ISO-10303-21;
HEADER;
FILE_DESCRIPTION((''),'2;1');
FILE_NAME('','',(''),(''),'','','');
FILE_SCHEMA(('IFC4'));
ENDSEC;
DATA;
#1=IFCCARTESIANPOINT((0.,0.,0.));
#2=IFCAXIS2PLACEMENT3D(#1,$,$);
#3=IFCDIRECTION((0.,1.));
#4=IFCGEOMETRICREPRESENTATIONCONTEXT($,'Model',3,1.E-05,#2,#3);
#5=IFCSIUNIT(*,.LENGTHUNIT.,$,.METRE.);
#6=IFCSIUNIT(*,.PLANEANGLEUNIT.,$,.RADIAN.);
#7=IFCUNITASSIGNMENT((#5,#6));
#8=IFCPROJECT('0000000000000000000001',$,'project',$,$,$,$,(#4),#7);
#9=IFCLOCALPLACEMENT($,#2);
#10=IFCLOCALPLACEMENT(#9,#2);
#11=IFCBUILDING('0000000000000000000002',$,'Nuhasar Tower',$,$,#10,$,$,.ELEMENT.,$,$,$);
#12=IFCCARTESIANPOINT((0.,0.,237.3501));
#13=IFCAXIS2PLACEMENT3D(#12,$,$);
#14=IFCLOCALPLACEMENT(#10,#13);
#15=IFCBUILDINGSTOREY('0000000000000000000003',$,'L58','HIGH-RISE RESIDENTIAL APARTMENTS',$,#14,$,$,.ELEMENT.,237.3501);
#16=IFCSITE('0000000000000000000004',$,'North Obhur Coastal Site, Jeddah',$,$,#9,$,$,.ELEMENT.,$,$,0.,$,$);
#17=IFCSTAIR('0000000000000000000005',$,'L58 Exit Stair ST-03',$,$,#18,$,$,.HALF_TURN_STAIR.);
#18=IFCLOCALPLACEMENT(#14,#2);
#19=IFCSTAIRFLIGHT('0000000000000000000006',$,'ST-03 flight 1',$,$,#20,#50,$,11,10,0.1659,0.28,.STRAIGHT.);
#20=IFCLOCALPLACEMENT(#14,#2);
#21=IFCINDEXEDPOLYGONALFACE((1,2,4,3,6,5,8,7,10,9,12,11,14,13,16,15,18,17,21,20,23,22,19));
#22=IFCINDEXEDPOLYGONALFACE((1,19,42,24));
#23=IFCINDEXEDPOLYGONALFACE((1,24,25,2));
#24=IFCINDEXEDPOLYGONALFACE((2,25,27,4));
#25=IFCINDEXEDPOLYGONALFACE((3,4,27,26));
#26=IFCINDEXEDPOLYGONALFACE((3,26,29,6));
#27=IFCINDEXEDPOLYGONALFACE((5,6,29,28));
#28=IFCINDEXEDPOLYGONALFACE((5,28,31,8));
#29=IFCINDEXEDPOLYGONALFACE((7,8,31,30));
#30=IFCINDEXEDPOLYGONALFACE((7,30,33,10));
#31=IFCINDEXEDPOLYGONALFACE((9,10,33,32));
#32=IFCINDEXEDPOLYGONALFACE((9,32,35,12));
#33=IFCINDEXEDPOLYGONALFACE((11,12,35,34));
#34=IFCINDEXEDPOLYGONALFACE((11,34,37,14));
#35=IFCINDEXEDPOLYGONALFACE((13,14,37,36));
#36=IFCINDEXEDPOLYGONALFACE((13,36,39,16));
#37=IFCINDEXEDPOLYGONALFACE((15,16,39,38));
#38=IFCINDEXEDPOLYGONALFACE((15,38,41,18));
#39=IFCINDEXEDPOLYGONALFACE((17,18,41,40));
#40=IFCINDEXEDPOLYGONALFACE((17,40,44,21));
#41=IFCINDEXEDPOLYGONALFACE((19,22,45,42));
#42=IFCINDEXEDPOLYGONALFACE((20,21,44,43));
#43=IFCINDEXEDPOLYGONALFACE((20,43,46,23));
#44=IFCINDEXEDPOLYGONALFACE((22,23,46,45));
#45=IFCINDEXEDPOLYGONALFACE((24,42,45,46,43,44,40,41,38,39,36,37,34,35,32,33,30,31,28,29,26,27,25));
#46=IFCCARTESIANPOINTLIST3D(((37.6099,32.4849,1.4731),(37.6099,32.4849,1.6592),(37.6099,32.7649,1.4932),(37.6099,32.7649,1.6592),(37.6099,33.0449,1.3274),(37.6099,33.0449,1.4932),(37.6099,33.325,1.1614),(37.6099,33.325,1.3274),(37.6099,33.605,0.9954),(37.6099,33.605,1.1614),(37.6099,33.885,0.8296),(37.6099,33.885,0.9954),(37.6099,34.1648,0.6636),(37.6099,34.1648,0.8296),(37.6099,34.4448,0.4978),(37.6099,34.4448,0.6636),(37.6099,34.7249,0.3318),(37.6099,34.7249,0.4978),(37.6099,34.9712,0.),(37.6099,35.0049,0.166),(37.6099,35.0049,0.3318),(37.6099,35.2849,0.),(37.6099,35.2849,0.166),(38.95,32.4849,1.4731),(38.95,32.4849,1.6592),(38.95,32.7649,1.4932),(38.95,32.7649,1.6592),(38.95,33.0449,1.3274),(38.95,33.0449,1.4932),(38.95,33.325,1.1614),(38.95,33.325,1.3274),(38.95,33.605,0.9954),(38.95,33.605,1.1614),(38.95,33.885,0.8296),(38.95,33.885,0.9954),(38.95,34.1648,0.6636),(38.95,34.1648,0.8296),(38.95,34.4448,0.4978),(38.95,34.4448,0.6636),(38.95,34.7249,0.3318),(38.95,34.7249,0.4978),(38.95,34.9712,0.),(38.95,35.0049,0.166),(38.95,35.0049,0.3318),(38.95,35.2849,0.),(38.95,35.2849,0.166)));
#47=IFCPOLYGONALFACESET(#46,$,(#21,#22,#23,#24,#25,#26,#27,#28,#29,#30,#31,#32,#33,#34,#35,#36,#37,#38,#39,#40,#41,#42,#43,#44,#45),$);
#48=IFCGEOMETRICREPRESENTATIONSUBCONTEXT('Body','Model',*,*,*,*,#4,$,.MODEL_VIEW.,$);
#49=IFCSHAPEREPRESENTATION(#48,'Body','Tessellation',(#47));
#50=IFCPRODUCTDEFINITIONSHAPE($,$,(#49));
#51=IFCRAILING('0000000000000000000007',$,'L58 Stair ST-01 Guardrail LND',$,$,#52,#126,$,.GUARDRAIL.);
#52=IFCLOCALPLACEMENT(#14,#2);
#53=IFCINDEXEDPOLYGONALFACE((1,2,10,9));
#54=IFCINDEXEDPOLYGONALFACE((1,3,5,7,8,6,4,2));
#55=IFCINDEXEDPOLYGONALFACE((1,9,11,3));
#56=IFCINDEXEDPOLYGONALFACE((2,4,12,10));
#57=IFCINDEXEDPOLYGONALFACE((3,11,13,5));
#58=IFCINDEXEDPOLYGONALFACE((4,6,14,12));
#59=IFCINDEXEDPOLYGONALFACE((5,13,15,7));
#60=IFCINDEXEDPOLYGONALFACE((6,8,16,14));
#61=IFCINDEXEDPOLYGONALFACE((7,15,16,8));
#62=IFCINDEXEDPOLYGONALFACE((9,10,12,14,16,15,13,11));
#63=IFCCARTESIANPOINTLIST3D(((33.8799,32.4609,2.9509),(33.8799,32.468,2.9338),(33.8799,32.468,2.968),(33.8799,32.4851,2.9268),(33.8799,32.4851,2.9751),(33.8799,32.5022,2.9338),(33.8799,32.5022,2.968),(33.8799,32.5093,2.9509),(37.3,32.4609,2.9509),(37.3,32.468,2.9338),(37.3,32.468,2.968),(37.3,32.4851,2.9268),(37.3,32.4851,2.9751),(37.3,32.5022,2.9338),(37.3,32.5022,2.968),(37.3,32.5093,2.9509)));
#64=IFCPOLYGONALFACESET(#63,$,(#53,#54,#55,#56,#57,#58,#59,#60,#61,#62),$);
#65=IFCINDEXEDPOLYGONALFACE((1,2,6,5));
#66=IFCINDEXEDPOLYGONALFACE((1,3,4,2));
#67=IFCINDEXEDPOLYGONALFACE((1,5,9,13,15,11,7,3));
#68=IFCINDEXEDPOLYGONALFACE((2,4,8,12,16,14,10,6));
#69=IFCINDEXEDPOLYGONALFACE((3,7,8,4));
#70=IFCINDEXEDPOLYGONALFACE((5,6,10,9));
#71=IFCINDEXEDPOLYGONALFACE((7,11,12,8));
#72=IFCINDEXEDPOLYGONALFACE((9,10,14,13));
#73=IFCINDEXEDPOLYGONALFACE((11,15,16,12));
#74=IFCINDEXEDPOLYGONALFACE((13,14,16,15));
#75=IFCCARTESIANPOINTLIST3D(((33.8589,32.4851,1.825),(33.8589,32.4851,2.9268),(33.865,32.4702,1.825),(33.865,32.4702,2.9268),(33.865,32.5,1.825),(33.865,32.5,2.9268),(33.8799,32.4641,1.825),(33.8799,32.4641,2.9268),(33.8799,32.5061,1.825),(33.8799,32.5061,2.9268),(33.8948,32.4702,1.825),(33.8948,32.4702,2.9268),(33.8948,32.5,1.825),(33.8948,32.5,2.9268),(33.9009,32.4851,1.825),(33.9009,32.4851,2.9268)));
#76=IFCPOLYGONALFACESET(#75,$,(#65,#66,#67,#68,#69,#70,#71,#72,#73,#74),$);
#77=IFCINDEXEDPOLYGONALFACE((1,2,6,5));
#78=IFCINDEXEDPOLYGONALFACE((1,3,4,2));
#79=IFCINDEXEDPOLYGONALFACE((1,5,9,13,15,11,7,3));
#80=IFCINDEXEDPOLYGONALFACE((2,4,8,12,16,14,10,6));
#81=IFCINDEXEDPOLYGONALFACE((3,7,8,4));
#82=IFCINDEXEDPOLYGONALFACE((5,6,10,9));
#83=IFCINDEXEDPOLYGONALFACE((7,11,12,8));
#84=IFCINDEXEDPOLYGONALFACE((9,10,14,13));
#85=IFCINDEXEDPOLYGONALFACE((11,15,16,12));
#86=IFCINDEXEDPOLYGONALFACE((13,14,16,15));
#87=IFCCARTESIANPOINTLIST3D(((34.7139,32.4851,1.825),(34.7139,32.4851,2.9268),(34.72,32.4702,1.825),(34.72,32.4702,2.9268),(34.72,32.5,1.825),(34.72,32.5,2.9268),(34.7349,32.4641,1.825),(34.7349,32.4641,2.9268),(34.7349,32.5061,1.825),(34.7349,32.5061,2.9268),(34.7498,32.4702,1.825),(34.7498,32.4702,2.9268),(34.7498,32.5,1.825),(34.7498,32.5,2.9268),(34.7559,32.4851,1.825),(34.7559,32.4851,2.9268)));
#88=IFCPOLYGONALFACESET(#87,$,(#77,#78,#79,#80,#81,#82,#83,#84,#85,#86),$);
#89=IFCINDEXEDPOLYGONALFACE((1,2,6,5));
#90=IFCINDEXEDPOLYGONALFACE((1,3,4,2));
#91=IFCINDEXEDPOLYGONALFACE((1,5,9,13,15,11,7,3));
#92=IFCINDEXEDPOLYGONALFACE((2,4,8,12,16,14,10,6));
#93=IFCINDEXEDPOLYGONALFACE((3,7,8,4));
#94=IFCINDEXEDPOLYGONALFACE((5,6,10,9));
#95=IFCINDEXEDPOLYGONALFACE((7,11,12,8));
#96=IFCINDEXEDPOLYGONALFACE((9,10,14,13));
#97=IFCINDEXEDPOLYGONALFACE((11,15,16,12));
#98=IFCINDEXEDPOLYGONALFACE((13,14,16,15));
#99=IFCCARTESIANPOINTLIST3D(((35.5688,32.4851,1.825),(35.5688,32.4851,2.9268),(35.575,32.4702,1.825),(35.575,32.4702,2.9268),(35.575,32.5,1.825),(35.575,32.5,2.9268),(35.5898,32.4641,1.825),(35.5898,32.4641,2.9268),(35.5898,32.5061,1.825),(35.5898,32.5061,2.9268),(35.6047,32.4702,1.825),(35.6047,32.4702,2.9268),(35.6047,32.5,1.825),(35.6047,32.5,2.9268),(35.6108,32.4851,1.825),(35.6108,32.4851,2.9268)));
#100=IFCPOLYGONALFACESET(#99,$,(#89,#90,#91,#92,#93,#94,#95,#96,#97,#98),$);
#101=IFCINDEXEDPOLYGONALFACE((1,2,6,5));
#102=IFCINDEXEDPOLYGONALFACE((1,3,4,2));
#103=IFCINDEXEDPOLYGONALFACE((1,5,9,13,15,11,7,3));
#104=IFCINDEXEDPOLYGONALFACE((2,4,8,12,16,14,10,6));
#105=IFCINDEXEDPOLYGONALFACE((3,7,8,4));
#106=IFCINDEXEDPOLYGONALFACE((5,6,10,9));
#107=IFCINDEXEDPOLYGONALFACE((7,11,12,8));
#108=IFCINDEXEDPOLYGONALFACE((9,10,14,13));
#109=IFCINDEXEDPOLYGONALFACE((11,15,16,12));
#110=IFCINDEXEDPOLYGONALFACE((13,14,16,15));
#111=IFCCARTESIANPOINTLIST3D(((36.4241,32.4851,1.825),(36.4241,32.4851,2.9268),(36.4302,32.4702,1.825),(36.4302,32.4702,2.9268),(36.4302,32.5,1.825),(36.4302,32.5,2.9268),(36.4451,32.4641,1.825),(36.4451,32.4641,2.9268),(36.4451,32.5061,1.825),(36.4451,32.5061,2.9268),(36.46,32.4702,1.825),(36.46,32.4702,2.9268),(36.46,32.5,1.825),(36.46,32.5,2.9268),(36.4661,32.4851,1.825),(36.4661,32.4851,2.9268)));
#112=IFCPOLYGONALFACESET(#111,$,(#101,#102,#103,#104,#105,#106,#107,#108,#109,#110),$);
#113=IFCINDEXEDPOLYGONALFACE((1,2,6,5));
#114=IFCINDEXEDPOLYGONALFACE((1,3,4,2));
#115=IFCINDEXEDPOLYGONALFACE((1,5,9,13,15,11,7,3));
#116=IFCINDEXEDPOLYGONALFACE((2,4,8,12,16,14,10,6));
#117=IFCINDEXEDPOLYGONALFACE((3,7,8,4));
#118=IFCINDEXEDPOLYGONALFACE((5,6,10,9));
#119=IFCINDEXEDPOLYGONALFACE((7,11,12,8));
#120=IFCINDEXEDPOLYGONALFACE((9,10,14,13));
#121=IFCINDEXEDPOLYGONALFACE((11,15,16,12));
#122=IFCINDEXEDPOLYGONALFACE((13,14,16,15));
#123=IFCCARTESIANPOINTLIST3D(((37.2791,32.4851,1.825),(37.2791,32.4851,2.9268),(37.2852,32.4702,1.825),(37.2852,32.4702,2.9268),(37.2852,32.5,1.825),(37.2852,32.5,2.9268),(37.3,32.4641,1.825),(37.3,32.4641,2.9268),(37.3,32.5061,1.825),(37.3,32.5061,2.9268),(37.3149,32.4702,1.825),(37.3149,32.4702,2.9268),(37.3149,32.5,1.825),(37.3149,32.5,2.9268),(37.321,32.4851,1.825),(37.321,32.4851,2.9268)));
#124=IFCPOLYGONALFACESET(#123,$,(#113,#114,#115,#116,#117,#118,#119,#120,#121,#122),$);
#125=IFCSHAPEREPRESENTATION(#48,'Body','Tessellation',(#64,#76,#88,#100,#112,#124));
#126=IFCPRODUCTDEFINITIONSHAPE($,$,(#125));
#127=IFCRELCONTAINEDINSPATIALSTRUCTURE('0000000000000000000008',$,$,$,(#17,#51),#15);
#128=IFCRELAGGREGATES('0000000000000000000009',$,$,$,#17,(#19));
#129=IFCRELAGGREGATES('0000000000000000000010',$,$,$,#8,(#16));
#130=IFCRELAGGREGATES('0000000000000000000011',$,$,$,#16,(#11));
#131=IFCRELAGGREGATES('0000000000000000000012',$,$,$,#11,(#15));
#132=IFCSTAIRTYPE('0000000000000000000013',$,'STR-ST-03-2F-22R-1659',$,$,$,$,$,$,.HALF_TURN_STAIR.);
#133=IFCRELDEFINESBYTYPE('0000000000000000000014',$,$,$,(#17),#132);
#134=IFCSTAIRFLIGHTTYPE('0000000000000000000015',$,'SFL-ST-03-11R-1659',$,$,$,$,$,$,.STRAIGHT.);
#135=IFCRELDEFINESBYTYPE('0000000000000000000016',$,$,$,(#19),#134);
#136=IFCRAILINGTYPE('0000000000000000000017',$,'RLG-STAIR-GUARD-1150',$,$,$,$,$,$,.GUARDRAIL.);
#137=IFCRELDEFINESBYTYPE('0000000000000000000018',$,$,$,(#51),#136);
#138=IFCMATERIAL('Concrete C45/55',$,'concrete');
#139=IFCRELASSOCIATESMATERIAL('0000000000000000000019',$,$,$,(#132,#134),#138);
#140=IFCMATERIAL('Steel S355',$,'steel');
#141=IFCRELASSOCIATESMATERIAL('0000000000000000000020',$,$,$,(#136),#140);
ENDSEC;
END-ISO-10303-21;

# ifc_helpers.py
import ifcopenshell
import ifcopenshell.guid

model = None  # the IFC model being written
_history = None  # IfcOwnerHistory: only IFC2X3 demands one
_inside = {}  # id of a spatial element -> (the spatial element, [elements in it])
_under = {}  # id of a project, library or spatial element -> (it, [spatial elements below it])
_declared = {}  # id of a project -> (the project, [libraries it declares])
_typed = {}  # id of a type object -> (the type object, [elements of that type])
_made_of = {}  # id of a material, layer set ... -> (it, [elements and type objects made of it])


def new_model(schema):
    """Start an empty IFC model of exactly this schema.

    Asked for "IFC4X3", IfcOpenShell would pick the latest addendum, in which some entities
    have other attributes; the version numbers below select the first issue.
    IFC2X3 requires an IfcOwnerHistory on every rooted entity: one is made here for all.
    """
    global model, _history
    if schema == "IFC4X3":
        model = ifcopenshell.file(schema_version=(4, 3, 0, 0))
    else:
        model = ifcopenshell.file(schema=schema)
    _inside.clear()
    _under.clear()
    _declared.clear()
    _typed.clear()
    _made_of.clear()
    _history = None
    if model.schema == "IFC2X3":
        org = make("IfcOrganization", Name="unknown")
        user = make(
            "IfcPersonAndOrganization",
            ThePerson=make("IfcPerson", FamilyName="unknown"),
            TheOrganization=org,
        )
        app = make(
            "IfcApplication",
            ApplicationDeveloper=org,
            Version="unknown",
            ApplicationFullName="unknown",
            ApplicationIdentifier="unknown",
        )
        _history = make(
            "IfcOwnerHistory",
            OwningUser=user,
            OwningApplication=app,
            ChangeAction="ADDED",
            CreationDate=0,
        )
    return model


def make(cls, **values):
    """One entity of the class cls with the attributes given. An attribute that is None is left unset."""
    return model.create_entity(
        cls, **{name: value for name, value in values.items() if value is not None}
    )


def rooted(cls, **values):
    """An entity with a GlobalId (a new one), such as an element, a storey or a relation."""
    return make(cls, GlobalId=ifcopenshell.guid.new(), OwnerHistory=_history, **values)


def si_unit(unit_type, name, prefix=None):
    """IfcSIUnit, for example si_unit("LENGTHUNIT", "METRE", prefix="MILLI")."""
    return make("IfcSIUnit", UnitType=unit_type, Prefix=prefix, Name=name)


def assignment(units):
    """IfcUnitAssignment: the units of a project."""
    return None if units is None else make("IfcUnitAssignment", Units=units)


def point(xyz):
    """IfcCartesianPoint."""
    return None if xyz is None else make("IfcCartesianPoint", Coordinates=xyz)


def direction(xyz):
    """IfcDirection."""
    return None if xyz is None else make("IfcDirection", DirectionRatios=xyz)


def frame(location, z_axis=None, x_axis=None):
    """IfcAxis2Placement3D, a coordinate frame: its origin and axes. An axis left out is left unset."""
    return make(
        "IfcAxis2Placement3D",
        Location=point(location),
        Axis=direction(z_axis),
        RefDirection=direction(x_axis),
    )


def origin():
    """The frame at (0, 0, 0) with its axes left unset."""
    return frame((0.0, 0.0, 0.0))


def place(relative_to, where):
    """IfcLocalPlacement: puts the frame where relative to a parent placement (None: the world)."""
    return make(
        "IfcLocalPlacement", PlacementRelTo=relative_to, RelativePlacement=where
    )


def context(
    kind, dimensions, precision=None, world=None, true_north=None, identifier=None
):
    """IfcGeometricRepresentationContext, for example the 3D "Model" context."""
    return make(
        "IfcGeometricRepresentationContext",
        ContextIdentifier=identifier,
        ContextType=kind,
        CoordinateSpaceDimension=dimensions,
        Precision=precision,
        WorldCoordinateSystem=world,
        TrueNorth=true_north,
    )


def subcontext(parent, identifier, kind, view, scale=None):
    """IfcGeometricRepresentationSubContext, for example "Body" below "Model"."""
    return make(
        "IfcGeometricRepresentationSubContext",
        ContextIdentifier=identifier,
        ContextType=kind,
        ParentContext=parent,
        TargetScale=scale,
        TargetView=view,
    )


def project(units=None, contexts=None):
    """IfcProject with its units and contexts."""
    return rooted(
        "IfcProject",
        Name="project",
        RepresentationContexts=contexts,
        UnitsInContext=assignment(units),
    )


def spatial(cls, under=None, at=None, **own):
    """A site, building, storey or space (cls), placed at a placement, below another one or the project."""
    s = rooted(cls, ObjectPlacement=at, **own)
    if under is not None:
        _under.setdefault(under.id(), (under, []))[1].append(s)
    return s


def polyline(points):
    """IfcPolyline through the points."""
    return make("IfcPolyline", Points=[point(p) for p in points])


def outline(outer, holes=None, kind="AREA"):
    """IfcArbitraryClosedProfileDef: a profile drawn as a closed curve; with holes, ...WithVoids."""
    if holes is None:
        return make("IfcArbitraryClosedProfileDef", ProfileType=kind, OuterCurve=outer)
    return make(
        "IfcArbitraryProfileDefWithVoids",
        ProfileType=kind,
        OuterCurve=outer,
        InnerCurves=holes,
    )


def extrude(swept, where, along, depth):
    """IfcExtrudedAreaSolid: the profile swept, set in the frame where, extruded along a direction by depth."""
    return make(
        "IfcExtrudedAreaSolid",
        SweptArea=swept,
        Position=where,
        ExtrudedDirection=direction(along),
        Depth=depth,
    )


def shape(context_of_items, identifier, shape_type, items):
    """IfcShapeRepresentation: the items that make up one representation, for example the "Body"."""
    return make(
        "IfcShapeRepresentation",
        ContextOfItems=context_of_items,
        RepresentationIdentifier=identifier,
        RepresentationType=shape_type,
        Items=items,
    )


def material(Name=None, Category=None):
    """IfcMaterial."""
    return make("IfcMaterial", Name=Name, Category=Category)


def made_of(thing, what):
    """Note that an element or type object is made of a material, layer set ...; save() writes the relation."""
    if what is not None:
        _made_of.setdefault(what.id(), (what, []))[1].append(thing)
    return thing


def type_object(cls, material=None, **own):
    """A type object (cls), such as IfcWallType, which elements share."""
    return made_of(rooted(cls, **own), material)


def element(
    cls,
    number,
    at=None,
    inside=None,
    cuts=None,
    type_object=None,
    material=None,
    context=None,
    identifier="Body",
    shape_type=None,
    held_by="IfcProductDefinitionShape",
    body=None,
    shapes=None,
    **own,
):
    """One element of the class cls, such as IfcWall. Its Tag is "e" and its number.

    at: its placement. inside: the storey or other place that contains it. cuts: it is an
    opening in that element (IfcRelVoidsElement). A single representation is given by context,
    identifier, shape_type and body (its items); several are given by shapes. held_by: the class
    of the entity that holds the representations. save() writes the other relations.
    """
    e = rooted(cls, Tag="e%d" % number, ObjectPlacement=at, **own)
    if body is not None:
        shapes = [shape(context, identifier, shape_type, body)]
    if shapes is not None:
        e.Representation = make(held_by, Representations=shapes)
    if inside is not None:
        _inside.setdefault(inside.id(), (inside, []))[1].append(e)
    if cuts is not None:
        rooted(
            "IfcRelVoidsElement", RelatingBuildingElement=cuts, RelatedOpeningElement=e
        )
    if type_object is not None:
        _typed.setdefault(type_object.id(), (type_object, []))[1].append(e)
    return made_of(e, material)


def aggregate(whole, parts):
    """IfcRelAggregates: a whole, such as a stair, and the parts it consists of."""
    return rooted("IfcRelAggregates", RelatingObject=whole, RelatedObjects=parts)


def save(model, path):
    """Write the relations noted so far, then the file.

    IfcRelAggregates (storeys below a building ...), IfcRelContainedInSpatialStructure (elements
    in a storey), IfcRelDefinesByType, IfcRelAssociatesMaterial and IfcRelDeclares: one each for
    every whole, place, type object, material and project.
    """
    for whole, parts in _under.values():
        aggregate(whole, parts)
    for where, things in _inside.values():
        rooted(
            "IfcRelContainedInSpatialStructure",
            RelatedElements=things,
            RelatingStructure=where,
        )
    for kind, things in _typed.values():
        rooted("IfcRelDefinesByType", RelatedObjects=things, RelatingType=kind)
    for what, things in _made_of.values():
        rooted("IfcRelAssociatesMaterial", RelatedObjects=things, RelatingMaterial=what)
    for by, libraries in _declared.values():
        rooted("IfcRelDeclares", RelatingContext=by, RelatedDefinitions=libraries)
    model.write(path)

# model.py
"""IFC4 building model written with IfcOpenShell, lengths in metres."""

from ifc_helpers import new_model, si_unit, direction, frame, origin, place, context, subcontext, project, spatial, polyline, outline, extrude, material, type_object, element, aggregate, save


model = new_model("IFC4")

# Units and contexts
model_context = context("Model", 3, precision=1e-05, world=origin(), true_north=direction((0.0, 1.0)))
body_context = subcontext(model_context, "Body", "Model", "MODEL_VIEW")
ifc_project = project(units=[si_unit("LENGTHUNIT", "METRE"), si_unit("PLANEANGLEUNIT", "RADIAN")], contexts=[model_context])

# Site, building, storey
site_placement = place(None, origin())
site = spatial("IfcSite", under=ifc_project, at=site_placement, Name="North Obhur Coastal Site, Jeddah", CompositionType="ELEMENT", RefElevation=0.0)
building_placement = place(site_placement, origin())
building = spatial("IfcBuilding", under=site, at=building_placement, Name="Nuhasar Tower", CompositionType="ELEMENT")
storey_placement = place(building_placement, frame((0.0, 0.0, 237.3501)))
storey = spatial("IfcBuildingStorey", under=building, at=storey_placement, Name="L58", Description="HIGH-RISE RESIDENTIAL APARTMENTS", CompositionType="ELEMENT", Elevation=237.3501)

# Shared definitions
ifc_material_1 = material(Name="Steel S355", Category="steel")

# Shared definitions
ifc_material_2 = material(Name="Concrete C45/55", Category="concrete")

# Stair, stair flight
stair_type_1 = type_object("IfcStairType", Name="STR-ST-03-2F-22R-1659", PredefinedType="HALF_TURN_STAIR", material=ifc_material_2)
stair_1_placement = place(storey_placement, origin())
stair_1 = element("IfcStair", 1, at=stair_1_placement, inside=storey, type_object=stair_type_1, Name="L58 Exit Stair ST-03", PredefinedType="HALF_TURN_STAIR")
stair_flight_type_1 = type_object("IfcStairFlightType", Name="SFL-ST-03-11R-1659", PredefinedType="STRAIGHT", material=ifc_material_2)
stair_flight_1_placement = place(storey_placement, frame((38.28, 35.2849, 0.0), z_axis=(0.0, 0.0, 1.0), x_axis=(0.0, -1.0, 0.0)))
stair_flight_1 = element("IfcStairFlight", 2, at=stair_flight_1_placement, type_object=stair_flight_type_1, Name="ST-03 flight 1", NumberOfRisers=11, NumberOfTreads=10, PredefinedType="STRAIGHT", RiserHeight=0.1659, TreadLength=0.28, context=body_context, shape_type="SweptSolid", body=[
    extrude(outline(polyline([(0.0, 0.0), (0.0, 0.166), (0.28, 0.166), (0.28, 0.3318), (0.5601, 0.3318), (0.5601, 0.4978), (0.8401, 0.4978), (0.8401, 0.6636), (1.1201, 0.6636), (1.1201, 0.8296), (1.3999, 0.8296), (1.3999, 0.9954), (1.6799, 0.9954), (1.6799, 1.1614), (1.96, 1.1614), (1.96, 1.3274), (2.24, 1.3274), (2.24, 1.4932), (2.52, 1.4932), (2.52, 1.6592), (2.8, 1.6592), (2.8, 1.825), (2.8, 1.4731), (0.3137, 0.0), (0.0, 0.0)])), frame((0.0, 0.6699, 0.0), z_axis=(0.0, -1.0, 0.0), x_axis=(1.0, 0.0, 0.0)), (0.0, 0.0, 1.0), 1.3401),
])
aggregate(stair_1, [stair_flight_1])

# Railing
railing_type_1 = type_object("IfcRailingType", Name="RLG-STAIR-GUARD-1150", PredefinedType="GUARDRAIL", material=ifc_material_1)
railing_1_placement = place(storey_placement, frame((33.8799, 32.4851, 1.825)))
element("IfcRailing", 3, at=railing_1_placement, inside=storey, type_object=railing_type_1, Name="L58 Stair ST-01 Guardrail LND", PredefinedType="GUARDRAIL", context=body_context, shape_type="SweptSolid", body=[
    extrude(outline(polyline([(0.0242, 0.0), (0.0171, 0.0171), (0.0, 0.0242), (-0.0171, 0.0171), (-0.0242, 0.0), (-0.0171, -0.0171), (0.0, -0.0242), (0.0171, -0.0171), (0.0242, 0.0)])), frame((0.0, 0.0, 1.126), z_axis=(1.0, 0.0, 0.0), x_axis=(0.0, 1.0, 0.0)), (0.0, 0.0, 1.0), 3.4202),
    extrude(outline(polyline([(0.021, 0.0), (0.0149, 0.0149), (0.0, 0.021), (-0.0149, 0.0149), (-0.021, 0.0), (-0.0149, -0.0149), (0.0, -0.021), (0.0149, -0.0149), (0.021, 0.0)])), origin(), (0.0, 0.0, 1.0), 1.1018),
    extrude(outline(polyline([(0.021, 0.0), (0.0149, 0.0149), (0.0, 0.021), (-0.0149, 0.0149), (-0.021, 0.0), (-0.0149, -0.0149), (0.0, -0.021), (0.0149, -0.0149), (0.021, 0.0)])), frame((0.855, 0.0, 0.0)), (0.0, 0.0, 1.0), 1.1018),
    extrude(outline(polyline([(0.021, 0.0), (0.0149, 0.0149), (0.0, 0.021), (-0.0149, 0.0149), (-0.021, 0.0), (-0.0149, -0.0149), (0.0, -0.021), (0.0149, -0.0149), (0.021, 0.0)])), frame((1.71, 0.0, 0.0)), (0.0, 0.0, 1.0), 1.1018),
    extrude(outline(polyline([(0.021, 0.0), (0.0149, 0.0149), (0.0, 0.021), (-0.0149, 0.0149), (-0.021, 0.0), (-0.0149, -0.0149), (0.0, -0.021), (0.0149, -0.0149), (0.021, 0.0)])), frame((2.5652, 0.0, 0.0)), (0.0, 0.0, 1.0), 1.1018),
    extrude(outline(polyline([(0.021, 0.0), (0.0149, 0.0149), (0.0, 0.021), (-0.0149, 0.0149), (-0.021, 0.0), (-0.0149, -0.0149), (0.0, -0.021), (0.0149, -0.0149), (0.021, 0.0)])), frame((3.4202, 0.0, 0.0)), (0.0, 0.0, 1.0), 1.1018),
])

save(model, "model.ifc")
